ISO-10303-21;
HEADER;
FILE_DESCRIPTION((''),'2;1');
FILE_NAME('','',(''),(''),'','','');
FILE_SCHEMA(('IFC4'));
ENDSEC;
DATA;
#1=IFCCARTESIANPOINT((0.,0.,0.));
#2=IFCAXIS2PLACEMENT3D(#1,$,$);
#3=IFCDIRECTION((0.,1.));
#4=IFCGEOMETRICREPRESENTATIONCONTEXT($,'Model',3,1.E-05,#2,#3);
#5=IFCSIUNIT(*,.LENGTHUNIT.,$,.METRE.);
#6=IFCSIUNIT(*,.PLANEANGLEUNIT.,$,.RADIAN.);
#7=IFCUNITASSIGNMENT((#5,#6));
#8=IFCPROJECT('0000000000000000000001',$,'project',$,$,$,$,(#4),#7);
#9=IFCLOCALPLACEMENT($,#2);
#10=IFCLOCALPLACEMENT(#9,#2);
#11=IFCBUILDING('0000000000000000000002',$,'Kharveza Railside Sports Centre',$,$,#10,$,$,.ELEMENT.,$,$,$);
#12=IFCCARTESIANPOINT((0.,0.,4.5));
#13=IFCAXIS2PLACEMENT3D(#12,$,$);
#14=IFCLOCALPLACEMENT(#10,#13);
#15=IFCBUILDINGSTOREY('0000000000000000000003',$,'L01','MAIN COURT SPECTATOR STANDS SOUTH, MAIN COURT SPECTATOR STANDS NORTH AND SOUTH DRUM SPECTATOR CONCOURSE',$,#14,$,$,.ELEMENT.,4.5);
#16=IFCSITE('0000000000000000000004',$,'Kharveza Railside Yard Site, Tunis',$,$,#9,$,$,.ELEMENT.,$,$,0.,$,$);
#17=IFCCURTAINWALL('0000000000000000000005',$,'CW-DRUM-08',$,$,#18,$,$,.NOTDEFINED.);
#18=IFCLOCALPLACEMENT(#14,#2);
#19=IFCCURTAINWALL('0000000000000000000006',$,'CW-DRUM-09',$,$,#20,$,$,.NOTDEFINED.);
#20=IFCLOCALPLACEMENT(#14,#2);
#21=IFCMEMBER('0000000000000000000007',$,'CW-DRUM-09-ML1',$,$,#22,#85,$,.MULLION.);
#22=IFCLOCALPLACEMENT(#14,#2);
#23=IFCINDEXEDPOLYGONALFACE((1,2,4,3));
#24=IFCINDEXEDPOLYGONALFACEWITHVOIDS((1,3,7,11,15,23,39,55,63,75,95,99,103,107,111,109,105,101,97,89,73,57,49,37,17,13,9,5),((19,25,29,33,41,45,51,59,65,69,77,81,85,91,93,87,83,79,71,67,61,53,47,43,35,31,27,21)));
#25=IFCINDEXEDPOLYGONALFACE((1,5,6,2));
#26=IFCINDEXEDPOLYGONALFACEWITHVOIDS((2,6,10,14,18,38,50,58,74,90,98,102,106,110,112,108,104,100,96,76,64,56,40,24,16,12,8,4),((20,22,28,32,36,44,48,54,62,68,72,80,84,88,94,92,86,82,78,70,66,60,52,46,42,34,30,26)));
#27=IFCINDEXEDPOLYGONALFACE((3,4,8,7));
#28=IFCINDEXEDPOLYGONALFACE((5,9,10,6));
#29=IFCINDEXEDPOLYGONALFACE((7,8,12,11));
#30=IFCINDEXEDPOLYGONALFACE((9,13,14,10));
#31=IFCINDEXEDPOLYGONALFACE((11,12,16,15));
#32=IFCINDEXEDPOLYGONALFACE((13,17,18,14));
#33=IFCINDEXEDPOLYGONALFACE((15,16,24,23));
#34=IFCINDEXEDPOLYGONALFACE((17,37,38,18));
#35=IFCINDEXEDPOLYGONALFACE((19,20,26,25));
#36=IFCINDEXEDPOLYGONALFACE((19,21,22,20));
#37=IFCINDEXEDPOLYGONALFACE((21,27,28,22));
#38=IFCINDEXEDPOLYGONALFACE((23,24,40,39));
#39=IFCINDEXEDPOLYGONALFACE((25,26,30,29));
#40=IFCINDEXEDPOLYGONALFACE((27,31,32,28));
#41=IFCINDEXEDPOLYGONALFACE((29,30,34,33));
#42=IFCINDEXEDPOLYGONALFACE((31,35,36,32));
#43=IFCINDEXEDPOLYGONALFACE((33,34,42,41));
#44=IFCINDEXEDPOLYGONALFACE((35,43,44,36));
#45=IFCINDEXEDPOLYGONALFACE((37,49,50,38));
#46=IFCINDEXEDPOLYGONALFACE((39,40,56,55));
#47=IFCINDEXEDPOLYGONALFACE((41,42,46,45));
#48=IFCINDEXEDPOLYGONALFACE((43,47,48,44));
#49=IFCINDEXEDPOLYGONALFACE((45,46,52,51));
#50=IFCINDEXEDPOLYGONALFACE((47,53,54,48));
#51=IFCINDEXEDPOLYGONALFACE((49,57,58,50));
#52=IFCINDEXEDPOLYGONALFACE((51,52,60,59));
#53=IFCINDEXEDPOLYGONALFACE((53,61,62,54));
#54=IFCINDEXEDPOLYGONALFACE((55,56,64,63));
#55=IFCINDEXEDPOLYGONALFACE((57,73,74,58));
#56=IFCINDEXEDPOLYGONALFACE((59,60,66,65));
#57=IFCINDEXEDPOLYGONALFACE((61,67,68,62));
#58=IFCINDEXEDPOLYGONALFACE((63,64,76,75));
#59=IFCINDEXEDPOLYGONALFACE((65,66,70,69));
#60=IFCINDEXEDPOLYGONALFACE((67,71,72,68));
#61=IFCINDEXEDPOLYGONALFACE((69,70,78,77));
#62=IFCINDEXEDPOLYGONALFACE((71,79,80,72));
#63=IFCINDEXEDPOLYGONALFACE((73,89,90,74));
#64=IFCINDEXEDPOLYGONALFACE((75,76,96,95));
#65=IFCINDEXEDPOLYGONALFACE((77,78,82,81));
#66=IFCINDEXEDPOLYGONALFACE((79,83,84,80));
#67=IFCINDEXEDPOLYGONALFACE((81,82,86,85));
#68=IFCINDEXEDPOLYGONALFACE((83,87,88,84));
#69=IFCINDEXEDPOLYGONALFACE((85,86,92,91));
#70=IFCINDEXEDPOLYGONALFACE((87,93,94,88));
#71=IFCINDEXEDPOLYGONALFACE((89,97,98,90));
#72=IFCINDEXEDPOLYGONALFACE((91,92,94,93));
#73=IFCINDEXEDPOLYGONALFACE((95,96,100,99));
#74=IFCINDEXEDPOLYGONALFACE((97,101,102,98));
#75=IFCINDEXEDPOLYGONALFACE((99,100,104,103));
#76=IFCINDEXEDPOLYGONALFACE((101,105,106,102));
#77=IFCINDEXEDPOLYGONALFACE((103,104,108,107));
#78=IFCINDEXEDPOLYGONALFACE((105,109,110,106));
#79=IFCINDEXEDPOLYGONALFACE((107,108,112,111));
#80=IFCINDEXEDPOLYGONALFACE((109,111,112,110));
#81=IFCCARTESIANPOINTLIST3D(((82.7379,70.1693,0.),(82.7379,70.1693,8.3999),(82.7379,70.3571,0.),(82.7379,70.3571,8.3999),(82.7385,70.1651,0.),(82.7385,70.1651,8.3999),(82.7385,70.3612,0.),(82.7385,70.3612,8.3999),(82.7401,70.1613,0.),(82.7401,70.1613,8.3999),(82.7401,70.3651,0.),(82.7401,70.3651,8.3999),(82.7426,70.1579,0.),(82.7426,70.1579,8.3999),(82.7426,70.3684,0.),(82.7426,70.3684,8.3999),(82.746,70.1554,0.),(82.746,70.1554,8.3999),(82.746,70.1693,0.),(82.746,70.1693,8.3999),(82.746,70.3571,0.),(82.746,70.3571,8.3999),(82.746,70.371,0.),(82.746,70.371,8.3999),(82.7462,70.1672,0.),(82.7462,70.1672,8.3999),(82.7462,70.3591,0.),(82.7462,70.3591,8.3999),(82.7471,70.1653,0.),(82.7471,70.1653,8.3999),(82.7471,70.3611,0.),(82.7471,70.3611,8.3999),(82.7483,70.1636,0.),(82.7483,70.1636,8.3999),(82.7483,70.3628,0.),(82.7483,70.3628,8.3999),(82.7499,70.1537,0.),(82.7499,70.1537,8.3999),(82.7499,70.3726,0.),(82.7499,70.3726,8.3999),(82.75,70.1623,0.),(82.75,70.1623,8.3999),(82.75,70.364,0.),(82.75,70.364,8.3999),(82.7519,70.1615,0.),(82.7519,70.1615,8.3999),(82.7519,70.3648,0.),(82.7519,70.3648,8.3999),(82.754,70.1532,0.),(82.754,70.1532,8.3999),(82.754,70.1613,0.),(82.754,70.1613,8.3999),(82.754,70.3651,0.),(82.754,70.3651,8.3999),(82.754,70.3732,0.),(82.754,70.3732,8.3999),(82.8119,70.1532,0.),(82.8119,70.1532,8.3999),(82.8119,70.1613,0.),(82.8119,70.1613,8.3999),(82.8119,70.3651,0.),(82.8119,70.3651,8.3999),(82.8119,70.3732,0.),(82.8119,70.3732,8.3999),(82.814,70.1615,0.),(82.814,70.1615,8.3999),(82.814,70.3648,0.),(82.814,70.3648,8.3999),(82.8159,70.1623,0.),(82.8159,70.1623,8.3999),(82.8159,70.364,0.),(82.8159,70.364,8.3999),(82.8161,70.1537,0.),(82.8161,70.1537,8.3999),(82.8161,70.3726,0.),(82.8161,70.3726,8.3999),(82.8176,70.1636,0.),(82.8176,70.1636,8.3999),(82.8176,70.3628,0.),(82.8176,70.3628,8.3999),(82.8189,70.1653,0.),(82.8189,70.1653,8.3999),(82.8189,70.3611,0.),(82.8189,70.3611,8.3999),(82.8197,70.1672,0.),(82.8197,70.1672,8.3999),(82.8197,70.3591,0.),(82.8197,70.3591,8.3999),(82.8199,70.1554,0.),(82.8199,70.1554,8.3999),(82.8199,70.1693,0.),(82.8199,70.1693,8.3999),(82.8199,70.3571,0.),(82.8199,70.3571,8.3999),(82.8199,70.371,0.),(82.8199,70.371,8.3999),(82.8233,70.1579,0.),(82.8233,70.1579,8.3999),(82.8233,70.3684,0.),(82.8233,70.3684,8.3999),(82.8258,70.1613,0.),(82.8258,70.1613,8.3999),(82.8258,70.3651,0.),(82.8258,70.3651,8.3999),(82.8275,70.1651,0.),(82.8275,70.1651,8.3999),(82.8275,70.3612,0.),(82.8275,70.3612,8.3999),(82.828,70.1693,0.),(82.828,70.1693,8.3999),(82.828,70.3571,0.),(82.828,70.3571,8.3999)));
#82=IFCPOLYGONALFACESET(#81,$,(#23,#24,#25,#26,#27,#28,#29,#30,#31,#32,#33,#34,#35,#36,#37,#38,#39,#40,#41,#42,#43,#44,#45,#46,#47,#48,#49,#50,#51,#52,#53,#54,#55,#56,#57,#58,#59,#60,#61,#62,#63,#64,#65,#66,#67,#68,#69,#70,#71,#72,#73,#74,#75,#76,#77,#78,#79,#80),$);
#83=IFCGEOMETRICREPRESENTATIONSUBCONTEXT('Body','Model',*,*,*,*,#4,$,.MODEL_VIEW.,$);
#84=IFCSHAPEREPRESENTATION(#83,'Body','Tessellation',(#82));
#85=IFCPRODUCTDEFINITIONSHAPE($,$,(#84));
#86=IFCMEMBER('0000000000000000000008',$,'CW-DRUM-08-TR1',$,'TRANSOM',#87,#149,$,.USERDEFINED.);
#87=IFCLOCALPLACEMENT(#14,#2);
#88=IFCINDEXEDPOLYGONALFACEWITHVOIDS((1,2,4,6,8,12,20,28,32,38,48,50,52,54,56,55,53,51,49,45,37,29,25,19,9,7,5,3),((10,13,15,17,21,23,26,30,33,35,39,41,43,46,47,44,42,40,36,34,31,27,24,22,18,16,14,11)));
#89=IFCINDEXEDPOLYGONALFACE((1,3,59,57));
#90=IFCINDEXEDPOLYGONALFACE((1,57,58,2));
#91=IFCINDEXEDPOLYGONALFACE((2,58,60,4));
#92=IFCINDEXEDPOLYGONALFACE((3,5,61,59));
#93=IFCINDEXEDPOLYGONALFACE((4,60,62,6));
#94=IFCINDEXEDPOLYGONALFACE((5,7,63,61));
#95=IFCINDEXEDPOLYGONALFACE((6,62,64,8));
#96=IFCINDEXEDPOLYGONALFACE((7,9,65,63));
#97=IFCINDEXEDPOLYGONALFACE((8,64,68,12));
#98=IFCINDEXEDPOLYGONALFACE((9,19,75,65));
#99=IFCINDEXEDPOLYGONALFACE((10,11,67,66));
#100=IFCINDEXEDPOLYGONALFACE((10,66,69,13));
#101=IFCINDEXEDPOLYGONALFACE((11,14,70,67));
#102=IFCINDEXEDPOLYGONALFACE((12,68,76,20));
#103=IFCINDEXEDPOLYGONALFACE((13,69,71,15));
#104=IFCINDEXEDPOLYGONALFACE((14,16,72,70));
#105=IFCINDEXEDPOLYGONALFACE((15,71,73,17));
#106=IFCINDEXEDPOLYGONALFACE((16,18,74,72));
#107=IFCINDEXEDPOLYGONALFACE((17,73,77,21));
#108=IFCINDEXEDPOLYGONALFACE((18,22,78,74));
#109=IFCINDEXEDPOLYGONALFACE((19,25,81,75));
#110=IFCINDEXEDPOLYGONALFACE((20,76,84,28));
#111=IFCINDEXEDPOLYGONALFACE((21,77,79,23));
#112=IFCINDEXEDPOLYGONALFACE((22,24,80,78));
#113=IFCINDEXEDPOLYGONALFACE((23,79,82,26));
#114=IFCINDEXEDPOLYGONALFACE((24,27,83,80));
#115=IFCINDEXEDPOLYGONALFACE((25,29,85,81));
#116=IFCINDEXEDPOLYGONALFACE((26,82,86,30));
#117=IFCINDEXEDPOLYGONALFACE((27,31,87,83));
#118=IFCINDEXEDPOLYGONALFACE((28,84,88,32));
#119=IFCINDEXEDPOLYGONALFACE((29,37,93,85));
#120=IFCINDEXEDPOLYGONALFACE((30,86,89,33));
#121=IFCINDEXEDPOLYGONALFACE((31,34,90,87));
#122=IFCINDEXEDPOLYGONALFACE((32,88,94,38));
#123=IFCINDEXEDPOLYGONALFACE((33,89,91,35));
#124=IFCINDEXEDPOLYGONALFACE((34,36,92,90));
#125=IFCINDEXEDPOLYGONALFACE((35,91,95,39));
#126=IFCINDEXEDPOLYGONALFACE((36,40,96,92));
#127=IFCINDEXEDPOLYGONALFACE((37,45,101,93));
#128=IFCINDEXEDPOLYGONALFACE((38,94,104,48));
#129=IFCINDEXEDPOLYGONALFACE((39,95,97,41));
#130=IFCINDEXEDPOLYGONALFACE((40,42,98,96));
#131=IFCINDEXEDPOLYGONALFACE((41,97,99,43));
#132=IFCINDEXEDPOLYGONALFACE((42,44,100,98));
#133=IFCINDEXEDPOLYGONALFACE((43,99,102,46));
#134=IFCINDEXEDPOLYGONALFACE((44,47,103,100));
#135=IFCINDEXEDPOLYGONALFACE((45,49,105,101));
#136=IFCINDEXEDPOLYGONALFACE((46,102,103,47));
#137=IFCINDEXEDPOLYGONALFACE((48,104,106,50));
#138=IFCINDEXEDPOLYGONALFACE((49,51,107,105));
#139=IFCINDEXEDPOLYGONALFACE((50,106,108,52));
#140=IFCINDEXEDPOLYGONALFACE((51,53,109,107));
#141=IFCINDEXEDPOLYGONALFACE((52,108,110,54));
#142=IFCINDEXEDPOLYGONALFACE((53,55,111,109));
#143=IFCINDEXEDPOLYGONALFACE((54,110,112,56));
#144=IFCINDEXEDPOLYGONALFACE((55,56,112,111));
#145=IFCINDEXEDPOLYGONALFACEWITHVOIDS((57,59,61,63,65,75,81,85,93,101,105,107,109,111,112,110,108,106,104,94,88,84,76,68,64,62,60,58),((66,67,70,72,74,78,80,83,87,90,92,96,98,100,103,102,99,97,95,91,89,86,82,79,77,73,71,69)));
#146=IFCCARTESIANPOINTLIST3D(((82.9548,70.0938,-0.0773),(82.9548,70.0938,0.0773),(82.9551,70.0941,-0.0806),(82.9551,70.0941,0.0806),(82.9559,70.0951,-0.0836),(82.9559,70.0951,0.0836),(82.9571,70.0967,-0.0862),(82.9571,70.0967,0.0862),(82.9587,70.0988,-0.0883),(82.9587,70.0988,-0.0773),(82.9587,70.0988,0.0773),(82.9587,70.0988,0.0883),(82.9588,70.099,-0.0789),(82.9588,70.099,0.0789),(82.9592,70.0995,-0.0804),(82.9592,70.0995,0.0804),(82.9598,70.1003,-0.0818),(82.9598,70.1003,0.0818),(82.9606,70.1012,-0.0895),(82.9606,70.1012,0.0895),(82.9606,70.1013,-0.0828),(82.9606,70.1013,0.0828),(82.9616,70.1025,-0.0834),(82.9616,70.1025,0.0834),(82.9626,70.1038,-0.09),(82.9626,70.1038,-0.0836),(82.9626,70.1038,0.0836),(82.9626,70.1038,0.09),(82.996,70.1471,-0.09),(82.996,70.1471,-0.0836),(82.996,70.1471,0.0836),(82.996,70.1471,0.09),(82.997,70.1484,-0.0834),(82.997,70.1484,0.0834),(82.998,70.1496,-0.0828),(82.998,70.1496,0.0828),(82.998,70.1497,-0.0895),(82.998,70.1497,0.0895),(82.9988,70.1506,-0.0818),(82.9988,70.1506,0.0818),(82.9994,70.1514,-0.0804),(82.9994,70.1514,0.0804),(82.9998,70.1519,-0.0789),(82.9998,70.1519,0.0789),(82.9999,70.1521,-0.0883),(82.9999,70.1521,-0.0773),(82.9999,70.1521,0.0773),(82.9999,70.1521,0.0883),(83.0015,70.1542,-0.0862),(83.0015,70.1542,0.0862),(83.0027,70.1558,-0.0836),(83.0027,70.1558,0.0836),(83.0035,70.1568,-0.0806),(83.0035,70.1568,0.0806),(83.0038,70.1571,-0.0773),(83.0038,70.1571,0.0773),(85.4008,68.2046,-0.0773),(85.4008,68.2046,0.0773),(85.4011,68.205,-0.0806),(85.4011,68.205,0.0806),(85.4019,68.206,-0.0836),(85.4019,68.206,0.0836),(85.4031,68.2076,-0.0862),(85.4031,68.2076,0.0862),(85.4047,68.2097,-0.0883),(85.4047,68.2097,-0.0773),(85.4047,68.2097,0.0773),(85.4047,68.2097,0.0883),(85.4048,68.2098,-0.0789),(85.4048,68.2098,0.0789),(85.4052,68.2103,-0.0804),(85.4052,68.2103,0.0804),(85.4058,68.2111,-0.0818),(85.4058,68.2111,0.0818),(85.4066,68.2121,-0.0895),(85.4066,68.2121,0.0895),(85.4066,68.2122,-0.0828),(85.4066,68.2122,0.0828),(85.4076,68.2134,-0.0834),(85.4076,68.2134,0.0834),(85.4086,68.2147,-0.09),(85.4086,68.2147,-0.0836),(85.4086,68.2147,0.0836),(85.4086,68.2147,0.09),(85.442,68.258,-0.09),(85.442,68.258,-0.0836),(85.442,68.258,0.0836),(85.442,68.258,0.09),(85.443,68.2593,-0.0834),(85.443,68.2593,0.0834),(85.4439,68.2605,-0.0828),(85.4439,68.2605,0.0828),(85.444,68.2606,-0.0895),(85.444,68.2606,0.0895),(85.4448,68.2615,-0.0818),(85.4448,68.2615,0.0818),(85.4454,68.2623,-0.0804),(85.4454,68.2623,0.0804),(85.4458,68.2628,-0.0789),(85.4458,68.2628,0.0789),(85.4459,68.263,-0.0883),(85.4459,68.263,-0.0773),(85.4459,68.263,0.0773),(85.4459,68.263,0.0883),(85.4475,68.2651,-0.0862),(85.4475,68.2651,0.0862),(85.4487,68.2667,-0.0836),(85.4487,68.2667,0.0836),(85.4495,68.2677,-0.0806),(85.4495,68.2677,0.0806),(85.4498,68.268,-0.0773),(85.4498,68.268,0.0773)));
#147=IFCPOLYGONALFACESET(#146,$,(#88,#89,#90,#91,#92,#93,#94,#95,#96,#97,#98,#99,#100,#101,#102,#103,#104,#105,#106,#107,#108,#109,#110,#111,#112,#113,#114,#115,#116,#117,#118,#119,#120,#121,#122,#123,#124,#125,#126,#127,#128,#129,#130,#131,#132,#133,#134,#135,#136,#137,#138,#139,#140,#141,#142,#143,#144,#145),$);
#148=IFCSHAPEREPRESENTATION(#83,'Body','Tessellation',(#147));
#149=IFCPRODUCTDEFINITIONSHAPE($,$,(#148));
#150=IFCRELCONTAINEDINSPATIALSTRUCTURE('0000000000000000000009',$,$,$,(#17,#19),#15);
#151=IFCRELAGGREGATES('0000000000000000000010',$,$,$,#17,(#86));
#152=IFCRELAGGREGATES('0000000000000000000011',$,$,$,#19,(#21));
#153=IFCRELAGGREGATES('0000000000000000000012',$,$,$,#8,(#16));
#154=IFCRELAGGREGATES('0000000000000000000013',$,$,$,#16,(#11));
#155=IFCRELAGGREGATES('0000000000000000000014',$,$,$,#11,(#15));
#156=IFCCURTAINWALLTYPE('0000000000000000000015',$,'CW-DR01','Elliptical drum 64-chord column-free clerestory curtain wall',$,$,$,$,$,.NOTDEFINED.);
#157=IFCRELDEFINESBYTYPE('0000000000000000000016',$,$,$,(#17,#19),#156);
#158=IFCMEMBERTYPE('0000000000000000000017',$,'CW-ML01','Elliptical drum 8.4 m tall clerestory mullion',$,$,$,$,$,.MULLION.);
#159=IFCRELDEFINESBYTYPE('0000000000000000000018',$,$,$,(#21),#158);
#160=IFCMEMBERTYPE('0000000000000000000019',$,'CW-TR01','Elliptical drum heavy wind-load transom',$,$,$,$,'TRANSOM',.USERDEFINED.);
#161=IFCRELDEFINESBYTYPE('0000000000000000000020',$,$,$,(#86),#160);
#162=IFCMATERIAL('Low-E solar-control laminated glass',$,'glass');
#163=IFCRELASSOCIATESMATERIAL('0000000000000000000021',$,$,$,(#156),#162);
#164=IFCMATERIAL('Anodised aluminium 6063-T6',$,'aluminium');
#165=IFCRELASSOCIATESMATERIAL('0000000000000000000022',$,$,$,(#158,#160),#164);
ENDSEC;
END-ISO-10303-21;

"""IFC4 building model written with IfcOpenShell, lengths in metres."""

from ifc_helpers import new_model, si_unit, direction, frame, origin, origin_2d, place, context, subcontext, project, spatial, hollow_rectangle, extrude, material, material_profile, profile_set, type_object, element, aggregate, save


model = new_model("IFC4")

# Units and contexts
model_context = context("Model", 3, precision=1e-05, world=origin(), true_north=direction((0.0, 1.0)))
body_context = subcontext(model_context, "Body", "Model", "MODEL_VIEW")
ifc_project = project(units=[si_unit("LENGTHUNIT", "METRE"), si_unit("PLANEANGLEUNIT", "RADIAN")], contexts=[model_context])

# Site, building, storey
site_placement = place(None, origin())
site = spatial("IfcSite", under=ifc_project, at=site_placement, Name="Kharveza Railside Yard Site, Tunis", CompositionType="ELEMENT", RefElevation=0.0)
building_placement = place(site_placement, origin())
building = spatial("IfcBuilding", under=site, at=building_placement, Name="Kharveza Railside Sports Centre", CompositionType="ELEMENT")
storey_placement = place(building_placement, frame((0.0, 0.0, 4.5)))
storey = spatial("IfcBuildingStorey", under=building, at=storey_placement, Name="L01", Description="MAIN COURT SPECTATOR STANDS SOUTH, MAIN COURT SPECTATOR STANDS NORTH AND SOUTH DRUM SPECTATOR CONCOURSE", CompositionType="ELEMENT", Elevation=4.5)

# Shared definitions
ifc_material_1 = material(Name="Low-E solar-control laminated glass", Category="glass")
curtain_wall_type = type_object("IfcCurtainWallType", Name="CW-DR01", Description="Elliptical drum 64-chord column-free clerestory curtain wall", PredefinedType="NOTDEFINED", material=ifc_material_1)
ifc_material_2 = material(Name="Anodised aluminium 6063-T6", Category="aluminium")
ifc_material_profile_1 = material_profile(ifc_material_2, hollow_rectangle(XDim=0.0901, YDim=0.22, WallThickness=0.0081, InnerFilletRadius=0.0081, OuterFilletRadius=0.0161, at=origin_2d()), Name="RHS 90x220x8.0")
ifc_profile_set_1 = profile_set([ifc_material_profile_1], Name="Anodised aluminium 6063-T6")
member_type_1 = type_object("IfcMemberType", Name="CW-ML01", Description="Elliptical drum 8.4 m tall clerestory mullion", PredefinedType="MULLION", material=ifc_profile_set_1)

# Curtain wall
curtain_wall_1_placement = place(storey_placement, origin())
curtain_wall_1 = element("IfcCurtainWall", 1, at=curtain_wall_1_placement, inside=storey, type_object=curtain_wall_type, Name="CW-DRUM-08", PredefinedType="NOTDEFINED")

# Curtain wall, member
curtain_wall_2_placement = place(storey_placement, origin())
curtain_wall_2 = element("IfcCurtainWall", 2, at=curtain_wall_2_placement, inside=storey, type_object=curtain_wall_type, Name="CW-DRUM-09", PredefinedType="NOTDEFINED")
member_1_placement = place(storey_placement, frame((82.783, 70.2632, 0.0), z_axis=(0.0, 0.0, 1.0), x_axis=(1.0, 0.0, 0.0)))
member_1 = element("IfcMember", 3, at=member_1_placement, type_object=member_type_1, Name="CW-DRUM-09-ML1", PredefinedType="MULLION", context=body_context, shape_type="SweptSolid", body=[
    extrude(hollow_rectangle(XDim=0.0901, YDim=0.22, WallThickness=0.0081, InnerFilletRadius=0.0081, OuterFilletRadius=0.0161, at=origin_2d()), origin(), (0.0, 0.0, 1.0), 8.3999),
])

# Member
ifc_material_profile_2 = material_profile(ifc_material_2, hollow_rectangle(XDim=0.0801, YDim=0.1799, WallThickness=0.0063, InnerFilletRadius=0.0063, OuterFilletRadius=0.0127, at=origin_2d()), Name="RHS 80x180x6.3")
ifc_profile_set_2 = profile_set([ifc_material_profile_2], Name="Anodised aluminium 6063-T6")
member_type_2 = type_object("IfcMemberType", Name="CW-TR01", Description="Elliptical drum heavy wind-load transom", ElementType="TRANSOM", PredefinedType="USERDEFINED", material=ifc_profile_set_2)
member_2_placement = place(storey_placement, frame((85.4253, 68.2363, 0.0), z_axis=(-0.791436, 0.611252, 0.0), x_axis=(-0.611252, -0.791436, 0.0)))
member_2 = element("IfcMember", 4, at=member_2_placement, type_object=member_type_2, Name="CW-DRUM-08-TR1", ObjectType="TRANSOM", PredefinedType="USERDEFINED", context=body_context, shape_type="SweptSolid", body=[
    extrude(hollow_rectangle(XDim=0.0801, YDim=0.1799, WallThickness=0.0063, InnerFilletRadius=0.0063, OuterFilletRadius=0.0127, at=origin_2d()), origin(), (0.0, 0.0, 1.0), 3.0906),
])

aggregate(curtain_wall_1, [member_2])
aggregate(curtain_wall_2, [member_1])

save(model, "model.ifc")
